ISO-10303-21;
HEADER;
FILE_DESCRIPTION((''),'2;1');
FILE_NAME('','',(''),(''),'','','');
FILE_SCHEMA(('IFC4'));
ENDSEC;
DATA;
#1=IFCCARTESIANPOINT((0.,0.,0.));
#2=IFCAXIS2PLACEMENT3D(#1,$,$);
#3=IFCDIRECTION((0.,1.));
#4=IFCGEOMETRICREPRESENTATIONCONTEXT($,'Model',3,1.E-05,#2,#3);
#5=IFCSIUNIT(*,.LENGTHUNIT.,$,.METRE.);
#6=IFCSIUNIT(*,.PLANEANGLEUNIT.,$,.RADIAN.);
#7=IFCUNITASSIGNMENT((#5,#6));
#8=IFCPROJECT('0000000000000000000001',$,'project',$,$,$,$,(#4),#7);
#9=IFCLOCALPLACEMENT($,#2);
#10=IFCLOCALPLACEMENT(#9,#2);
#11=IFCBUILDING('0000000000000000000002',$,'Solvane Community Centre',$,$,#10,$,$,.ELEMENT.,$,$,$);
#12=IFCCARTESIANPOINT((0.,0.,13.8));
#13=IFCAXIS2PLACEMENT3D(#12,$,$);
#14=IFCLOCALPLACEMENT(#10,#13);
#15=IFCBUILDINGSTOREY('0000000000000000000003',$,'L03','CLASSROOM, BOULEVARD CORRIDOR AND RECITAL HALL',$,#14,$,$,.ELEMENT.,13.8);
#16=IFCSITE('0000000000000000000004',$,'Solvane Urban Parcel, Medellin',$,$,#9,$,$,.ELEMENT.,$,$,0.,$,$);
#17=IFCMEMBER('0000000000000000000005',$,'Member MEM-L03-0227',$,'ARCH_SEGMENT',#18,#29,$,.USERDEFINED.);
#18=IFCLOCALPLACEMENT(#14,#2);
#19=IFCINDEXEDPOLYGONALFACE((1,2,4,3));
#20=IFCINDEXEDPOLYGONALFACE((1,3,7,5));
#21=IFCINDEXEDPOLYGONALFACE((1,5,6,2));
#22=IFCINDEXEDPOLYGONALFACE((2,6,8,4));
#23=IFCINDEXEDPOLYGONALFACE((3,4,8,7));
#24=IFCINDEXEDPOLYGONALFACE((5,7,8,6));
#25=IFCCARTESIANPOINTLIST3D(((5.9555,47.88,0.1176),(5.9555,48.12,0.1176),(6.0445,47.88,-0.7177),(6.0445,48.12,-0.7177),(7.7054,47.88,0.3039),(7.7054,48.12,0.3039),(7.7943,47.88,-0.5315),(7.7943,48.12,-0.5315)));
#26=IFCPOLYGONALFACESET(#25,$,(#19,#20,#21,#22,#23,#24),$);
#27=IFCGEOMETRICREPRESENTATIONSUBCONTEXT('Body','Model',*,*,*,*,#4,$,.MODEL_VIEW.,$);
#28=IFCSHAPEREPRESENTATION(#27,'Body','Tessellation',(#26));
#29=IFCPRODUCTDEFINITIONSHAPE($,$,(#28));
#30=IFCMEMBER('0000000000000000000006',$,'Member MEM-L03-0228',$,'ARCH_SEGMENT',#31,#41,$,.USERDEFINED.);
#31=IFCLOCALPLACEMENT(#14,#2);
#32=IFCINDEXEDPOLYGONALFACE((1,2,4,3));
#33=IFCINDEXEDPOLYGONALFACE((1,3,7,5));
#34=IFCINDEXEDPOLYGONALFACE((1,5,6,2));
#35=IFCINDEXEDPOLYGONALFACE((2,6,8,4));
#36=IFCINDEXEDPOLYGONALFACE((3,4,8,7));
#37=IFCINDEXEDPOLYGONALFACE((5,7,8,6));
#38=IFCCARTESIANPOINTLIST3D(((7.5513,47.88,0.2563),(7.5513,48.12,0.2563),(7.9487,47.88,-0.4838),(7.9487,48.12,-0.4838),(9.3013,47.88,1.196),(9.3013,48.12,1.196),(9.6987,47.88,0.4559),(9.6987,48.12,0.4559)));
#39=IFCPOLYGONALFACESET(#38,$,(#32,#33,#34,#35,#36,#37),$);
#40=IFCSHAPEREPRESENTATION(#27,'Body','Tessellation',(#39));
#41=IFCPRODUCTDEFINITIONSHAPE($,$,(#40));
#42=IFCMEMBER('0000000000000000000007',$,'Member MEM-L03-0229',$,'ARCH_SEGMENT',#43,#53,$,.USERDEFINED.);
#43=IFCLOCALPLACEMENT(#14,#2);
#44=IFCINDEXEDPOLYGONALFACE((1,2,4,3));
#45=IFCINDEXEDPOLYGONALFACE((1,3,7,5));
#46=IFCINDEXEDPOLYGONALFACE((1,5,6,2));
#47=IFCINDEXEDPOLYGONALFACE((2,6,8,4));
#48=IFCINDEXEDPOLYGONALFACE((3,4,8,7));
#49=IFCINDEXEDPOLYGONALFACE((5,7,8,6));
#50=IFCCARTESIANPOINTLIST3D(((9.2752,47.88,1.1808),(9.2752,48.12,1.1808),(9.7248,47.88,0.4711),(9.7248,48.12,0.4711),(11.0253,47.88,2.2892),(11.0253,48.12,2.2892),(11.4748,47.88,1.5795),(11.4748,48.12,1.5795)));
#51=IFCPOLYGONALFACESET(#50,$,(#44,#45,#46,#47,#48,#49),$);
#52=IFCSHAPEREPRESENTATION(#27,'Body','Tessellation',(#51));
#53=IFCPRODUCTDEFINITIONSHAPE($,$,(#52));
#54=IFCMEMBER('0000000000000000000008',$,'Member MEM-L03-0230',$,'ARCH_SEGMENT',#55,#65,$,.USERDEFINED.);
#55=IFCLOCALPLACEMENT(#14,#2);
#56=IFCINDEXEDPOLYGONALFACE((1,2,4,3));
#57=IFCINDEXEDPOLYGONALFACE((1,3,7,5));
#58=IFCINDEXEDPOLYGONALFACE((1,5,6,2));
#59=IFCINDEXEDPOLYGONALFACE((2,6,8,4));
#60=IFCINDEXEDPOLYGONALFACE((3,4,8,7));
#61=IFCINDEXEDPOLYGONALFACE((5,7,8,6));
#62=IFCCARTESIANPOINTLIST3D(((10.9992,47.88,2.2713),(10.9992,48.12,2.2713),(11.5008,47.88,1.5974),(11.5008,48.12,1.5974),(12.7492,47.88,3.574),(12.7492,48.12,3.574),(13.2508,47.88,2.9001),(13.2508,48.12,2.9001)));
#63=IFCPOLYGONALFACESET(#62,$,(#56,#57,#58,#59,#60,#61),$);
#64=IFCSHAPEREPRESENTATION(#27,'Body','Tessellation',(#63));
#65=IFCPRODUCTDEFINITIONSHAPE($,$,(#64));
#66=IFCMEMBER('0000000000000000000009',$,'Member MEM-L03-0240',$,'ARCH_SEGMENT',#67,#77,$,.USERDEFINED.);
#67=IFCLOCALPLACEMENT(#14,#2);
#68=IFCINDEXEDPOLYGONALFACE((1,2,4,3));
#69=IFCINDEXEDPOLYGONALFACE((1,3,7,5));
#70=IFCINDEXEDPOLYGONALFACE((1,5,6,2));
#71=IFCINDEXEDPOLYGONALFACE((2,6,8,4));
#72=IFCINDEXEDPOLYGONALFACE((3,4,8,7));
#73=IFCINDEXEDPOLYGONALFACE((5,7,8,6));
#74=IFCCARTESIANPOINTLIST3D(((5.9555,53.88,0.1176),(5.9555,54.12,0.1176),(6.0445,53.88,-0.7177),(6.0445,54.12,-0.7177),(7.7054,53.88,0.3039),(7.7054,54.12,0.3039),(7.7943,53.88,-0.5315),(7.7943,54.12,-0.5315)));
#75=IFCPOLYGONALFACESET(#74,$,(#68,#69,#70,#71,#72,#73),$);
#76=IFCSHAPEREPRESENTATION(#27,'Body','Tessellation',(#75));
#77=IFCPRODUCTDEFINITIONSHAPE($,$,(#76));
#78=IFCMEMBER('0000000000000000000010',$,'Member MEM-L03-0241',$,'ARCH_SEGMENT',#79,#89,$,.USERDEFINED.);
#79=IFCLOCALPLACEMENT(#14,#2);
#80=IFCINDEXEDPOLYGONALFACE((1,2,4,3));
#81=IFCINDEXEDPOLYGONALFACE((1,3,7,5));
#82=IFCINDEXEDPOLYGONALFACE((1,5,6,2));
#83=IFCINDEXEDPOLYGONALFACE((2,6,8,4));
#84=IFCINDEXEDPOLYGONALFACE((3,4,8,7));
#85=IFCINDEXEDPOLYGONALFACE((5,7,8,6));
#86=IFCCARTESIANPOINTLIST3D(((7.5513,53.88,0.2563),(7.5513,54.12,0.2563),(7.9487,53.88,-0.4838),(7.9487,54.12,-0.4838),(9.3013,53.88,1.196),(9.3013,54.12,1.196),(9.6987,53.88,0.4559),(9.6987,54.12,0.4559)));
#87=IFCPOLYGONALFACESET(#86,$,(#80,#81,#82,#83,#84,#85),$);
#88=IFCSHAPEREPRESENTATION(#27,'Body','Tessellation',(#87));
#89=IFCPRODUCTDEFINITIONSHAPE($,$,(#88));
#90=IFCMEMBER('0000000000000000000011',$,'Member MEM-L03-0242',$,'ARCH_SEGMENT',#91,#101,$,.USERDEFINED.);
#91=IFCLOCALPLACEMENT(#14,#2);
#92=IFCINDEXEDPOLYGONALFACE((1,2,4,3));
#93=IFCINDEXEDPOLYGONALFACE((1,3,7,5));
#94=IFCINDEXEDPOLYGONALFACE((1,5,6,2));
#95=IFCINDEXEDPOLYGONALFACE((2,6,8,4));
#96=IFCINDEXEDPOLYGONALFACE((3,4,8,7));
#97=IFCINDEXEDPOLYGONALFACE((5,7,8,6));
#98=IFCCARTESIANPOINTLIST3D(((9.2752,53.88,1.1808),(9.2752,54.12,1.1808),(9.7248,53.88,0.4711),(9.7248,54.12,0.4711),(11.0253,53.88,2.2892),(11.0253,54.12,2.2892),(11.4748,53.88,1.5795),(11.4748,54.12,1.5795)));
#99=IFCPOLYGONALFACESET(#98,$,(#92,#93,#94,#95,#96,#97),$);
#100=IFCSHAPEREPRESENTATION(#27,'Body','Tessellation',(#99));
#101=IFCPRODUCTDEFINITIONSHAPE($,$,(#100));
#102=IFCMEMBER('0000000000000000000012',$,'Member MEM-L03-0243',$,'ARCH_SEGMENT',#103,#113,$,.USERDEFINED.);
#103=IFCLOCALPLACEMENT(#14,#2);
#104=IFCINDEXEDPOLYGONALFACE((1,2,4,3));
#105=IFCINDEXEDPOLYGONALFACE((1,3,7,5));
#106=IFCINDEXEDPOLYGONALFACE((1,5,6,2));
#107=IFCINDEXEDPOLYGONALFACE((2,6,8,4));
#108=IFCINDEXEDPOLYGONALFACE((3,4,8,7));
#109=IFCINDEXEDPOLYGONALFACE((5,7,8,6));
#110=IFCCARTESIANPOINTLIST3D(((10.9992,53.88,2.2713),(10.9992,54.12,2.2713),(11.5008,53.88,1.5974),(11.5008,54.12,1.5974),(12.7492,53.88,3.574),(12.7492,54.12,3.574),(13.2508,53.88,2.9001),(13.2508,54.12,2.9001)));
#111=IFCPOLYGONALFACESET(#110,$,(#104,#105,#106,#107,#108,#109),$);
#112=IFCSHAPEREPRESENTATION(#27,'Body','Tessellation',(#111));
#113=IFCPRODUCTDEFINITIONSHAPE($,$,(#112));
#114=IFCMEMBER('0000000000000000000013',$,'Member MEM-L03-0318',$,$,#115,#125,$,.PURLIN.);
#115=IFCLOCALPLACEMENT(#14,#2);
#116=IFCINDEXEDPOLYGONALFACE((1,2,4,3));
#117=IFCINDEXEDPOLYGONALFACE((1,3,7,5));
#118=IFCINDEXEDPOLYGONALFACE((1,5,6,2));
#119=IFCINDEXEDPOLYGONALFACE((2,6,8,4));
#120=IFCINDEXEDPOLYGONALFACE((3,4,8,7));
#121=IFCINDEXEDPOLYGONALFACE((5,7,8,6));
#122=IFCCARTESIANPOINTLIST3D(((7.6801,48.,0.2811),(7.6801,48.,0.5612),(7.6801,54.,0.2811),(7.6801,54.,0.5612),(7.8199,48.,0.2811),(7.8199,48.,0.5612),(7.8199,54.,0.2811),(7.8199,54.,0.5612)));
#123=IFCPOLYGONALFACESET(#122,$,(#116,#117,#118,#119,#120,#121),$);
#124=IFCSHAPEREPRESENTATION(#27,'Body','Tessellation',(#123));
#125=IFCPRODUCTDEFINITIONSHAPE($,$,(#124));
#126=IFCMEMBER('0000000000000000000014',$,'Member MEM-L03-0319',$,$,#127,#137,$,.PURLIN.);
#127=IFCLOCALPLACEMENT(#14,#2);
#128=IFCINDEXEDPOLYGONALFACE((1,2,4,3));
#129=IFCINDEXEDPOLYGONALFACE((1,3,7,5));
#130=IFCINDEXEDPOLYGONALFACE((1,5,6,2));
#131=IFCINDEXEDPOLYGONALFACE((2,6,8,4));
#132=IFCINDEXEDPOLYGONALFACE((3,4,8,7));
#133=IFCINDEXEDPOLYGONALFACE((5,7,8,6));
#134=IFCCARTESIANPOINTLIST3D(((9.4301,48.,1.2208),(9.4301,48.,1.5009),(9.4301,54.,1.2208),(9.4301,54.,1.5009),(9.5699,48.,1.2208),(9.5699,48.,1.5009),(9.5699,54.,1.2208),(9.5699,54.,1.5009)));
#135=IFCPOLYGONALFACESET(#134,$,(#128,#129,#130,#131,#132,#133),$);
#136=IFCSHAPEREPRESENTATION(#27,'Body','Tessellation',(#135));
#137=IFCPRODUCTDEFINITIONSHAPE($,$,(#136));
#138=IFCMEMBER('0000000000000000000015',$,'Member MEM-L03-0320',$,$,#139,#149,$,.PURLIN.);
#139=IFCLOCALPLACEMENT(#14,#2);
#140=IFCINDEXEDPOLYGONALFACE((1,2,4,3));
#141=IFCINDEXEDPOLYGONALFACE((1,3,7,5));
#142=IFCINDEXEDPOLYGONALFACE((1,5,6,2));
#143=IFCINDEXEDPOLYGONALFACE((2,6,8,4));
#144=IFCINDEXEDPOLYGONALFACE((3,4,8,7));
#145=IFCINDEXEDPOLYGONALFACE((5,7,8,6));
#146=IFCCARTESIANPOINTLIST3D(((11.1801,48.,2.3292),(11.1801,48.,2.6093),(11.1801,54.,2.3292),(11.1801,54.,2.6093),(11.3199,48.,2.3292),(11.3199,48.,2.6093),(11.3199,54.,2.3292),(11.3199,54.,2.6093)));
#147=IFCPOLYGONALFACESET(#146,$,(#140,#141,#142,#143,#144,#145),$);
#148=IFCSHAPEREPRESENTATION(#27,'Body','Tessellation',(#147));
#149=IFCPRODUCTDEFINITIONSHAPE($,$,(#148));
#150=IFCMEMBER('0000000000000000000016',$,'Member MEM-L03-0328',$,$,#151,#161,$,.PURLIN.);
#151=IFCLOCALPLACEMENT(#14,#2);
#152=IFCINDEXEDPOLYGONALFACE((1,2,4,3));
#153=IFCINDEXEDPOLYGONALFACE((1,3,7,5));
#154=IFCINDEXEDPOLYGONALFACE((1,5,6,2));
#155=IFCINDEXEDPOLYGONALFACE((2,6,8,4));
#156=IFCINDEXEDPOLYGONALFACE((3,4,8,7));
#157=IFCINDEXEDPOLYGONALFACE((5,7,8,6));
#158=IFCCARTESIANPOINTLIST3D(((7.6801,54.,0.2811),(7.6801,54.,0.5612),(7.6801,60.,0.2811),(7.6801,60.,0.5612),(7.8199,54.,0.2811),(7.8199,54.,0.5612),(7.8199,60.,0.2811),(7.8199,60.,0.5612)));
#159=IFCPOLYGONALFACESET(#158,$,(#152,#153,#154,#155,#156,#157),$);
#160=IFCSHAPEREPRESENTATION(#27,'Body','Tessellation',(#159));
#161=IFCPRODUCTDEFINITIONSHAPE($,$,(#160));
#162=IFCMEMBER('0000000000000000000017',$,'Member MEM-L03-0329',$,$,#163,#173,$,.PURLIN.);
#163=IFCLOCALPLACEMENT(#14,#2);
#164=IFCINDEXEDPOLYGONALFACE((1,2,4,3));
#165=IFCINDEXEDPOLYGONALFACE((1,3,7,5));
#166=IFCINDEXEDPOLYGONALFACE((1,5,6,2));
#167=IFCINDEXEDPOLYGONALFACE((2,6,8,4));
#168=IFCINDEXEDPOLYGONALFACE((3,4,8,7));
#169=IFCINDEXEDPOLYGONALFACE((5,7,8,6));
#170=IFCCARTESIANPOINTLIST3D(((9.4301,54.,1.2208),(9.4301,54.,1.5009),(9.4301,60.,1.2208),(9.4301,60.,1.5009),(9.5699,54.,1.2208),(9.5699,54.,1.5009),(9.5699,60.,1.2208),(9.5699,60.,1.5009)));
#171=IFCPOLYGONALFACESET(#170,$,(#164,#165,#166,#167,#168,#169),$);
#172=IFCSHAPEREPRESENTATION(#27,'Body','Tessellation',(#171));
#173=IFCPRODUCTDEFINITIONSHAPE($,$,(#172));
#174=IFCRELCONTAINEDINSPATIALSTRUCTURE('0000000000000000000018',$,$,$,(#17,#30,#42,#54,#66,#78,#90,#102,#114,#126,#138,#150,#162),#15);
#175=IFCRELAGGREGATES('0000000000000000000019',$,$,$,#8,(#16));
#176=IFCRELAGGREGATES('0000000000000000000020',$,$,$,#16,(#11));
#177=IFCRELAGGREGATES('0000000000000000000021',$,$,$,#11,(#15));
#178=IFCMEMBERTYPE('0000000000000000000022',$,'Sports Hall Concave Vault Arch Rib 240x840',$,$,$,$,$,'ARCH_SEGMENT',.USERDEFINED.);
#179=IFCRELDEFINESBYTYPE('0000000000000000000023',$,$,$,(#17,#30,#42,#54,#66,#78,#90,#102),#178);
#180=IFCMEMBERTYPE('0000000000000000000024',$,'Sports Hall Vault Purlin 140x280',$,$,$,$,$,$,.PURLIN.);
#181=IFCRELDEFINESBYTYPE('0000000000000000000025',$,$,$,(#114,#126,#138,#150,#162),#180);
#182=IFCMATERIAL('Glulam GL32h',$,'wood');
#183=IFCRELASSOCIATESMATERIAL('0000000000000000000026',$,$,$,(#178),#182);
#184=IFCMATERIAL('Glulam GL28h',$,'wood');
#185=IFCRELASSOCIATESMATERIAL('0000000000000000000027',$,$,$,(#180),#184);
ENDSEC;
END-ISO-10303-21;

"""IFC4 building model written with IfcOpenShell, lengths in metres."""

from ifc_helpers import new_model, si_unit, direction, frame, origin, origin_2d, place, context, subcontext, project, spatial, rectangle, extrude, material, material_profile, profile_set, type_object, element, save


model = new_model("IFC4")

# Units and contexts
model_context = context("Model", 3, precision=1e-05, world=origin(), true_north=direction((0.0, 1.0)))
body_context = subcontext(model_context, "Body", "Model", "MODEL_VIEW")
ifc_project = project(units=[si_unit("LENGTHUNIT", "METRE"), si_unit("PLANEANGLEUNIT", "RADIAN")], contexts=[model_context])

# Site, building, storey
site_placement = place(None, origin())
site = spatial("IfcSite", under=ifc_project, at=site_placement, Name="Solvane Urban Parcel, Medellin", CompositionType="ELEMENT", RefElevation=0.0)
building_placement = place(site_placement, origin())
building = spatial("IfcBuilding", under=site, at=building_placement, Name="Solvane Community Centre", CompositionType="ELEMENT")
storey_placement = place(building_placement, frame((0.0, 0.0, 13.8)))
storey = spatial("IfcBuildingStorey", under=building, at=storey_placement, Name="L03", Description="CLASSROOM, BOULEVARD CORRIDOR AND RECITAL HALL", CompositionType="ELEMENT", Elevation=13.8)

# Members
ifc_material_1 = material(Name="Glulam GL32h", Category="wood")
ifc_material_profile_1 = material_profile(ifc_material_1, rectangle(XDim=0.24, YDim=0.8401, at=origin_2d()), Name="GL32h 240x840")
ifc_profile_set_1 = profile_set([ifc_material_profile_1], Name="Glulam GL32h")
member_type_1 = type_object("IfcMemberType", Name="Sports Hall Concave Vault Arch Rib 240x840", ElementType="ARCH_SEGMENT", PredefinedType="USERDEFINED", material=ifc_profile_set_1)
member_1_placement = place(storey_placement, frame((6.0, 48.0, -0.3), z_axis=(0.994382, 0.0, 0.105847), x_axis=(0.0, 1.0, 0.0)))
element("IfcMember", 1, at=member_1_placement, inside=storey, type_object=member_type_1, Name="Member MEM-L03-0227", ObjectType="ARCH_SEGMENT", PredefinedType="USERDEFINED", context=body_context, shape_type="SweptSolid", body=[
    extrude(rectangle(XDim=0.24, YDim=0.8401, at=origin_2d()), origin(), (0.0, 0.0, 1.0), 1.7598),
])
member_2_placement = place(storey_placement, frame((7.75, 48.0, -0.1138), z_axis=(0.881019, 0.0, 0.473081), x_axis=(0.0, 1.0, 0.0)))
element("IfcMember", 2, at=member_2_placement, inside=storey, type_object=member_type_1, Name="Member MEM-L03-0228", ObjectType="ARCH_SEGMENT", PredefinedType="USERDEFINED", context=body_context, shape_type="SweptSolid", body=[
    extrude(rectangle(XDim=0.24, YDim=0.8401, at=origin_2d()), origin(), (0.0, 0.0, 1.0), 1.9863),
])
member_3_placement = place(storey_placement, frame((9.5, 48.0, 0.8259), z_axis=(0.844805, 0.0, 0.535075), x_axis=(0.0, 1.0, 0.0)))
element("IfcMember", 3, at=member_3_placement, inside=storey, type_object=member_type_1, Name="Member MEM-L03-0229", ObjectType="ARCH_SEGMENT", PredefinedType="USERDEFINED", context=body_context, shape_type="SweptSolid", body=[
    extrude(rectangle(XDim=0.24, YDim=0.8401, at=origin_2d()), origin(), (0.0, 0.0, 1.0), 2.0715),
])
member_4_placement = place(storey_placement, frame((11.25, 48.0, 1.9343), z_axis=(0.802143, 0.0, 0.597131), x_axis=(0.0, 1.0, 0.0)))
element("IfcMember", 4, at=member_4_placement, inside=storey, type_object=member_type_1, Name="Member MEM-L03-0230", ObjectType="ARCH_SEGMENT", PredefinedType="USERDEFINED", context=body_context, shape_type="SweptSolid", body=[
    extrude(rectangle(XDim=0.24, YDim=0.8401, at=origin_2d()), origin(), (0.0, 0.0, 1.0), 2.1816),
])
member_5_placement = place(storey_placement, frame((6.0, 54.0, -0.3), z_axis=(0.994382, 0.0, 0.105847), x_axis=(0.0, 1.0, 0.0)))
element("IfcMember", 5, at=member_5_placement, inside=storey, type_object=member_type_1, Name="Member MEM-L03-0240", ObjectType="ARCH_SEGMENT", PredefinedType="USERDEFINED", context=body_context, shape_type="SweptSolid", body=[
    extrude(rectangle(XDim=0.24, YDim=0.8401, at=origin_2d()), origin(), (0.0, 0.0, 1.0), 1.7598),
])
member_6_placement = place(storey_placement, frame((7.75, 54.0, -0.1138), z_axis=(0.881019, 0.0, 0.473081), x_axis=(0.0, 1.0, 0.0)))
element("IfcMember", 6, at=member_6_placement, inside=storey, type_object=member_type_1, Name="Member MEM-L03-0241", ObjectType="ARCH_SEGMENT", PredefinedType="USERDEFINED", context=body_context, shape_type="SweptSolid", body=[
    extrude(rectangle(XDim=0.24, YDim=0.8401, at=origin_2d()), origin(), (0.0, 0.0, 1.0), 1.9863),
])
member_7_placement = place(storey_placement, frame((9.5, 54.0, 0.8259), z_axis=(0.844805, 0.0, 0.535075), x_axis=(0.0, 1.0, 0.0)))
element("IfcMember", 7, at=member_7_placement, inside=storey, type_object=member_type_1, Name="Member MEM-L03-0242", ObjectType="ARCH_SEGMENT", PredefinedType="USERDEFINED", context=body_context, shape_type="SweptSolid", body=[
    extrude(rectangle(XDim=0.24, YDim=0.8401, at=origin_2d()), origin(), (0.0, 0.0, 1.0), 2.0715),
])
member_8_placement = place(storey_placement, frame((11.25, 54.0, 1.9343), z_axis=(0.802143, 0.0, 0.597131), x_axis=(0.0, 1.0, 0.0)))
element("IfcMember", 8, at=member_8_placement, inside=storey, type_object=member_type_1, Name="Member MEM-L03-0243", ObjectType="ARCH_SEGMENT", PredefinedType="USERDEFINED", context=body_context, shape_type="SweptSolid", body=[
    extrude(rectangle(XDim=0.24, YDim=0.8401, at=origin_2d()), origin(), (0.0, 0.0, 1.0), 2.1816),
])
ifc_material_2 = material(Name="Glulam GL28h", Category="wood")
ifc_material_profile_2 = material_profile(ifc_material_2, rectangle(XDim=0.1399, YDim=0.28, at=origin_2d()), Name="GL28h 140x280")
ifc_profile_set_2 = profile_set([ifc_material_profile_2], Name="Glulam GL28h")
member_type_2 = type_object("IfcMemberType", Name="Sports Hall Vault Purlin 140x280", PredefinedType="PURLIN", material=ifc_profile_set_2)
for number, where, z_axis, x_axis, name in (
    (9, (7.75, 48.0, 0.4211), (0.0, 1.0, 0.0), (-1.0, 0.0, 0.0), "Member MEM-L03-0318"),
    (10, (9.5, 48.0, 1.3608), (0.0, 1.0, 0.0), (-1.0, 0.0, 0.0), "Member MEM-L03-0319"),
    (11, (11.25, 48.0, 2.4692), (0.0, 1.0, 0.0), (-1.0, 0.0, 0.0), "Member MEM-L03-0320"),
    (12, (7.75, 54.0, 0.4211), (0.0, 1.0, 0.0), (-1.0, 0.0, 0.0), "Member MEM-L03-0328"),
    (13, (9.5, 54.0, 1.3608), (0.0, 1.0, 0.0), (-1.0, 0.0, 0.0), "Member MEM-L03-0329"),
):
    element("IfcMember", number, at=place(storey_placement, frame(where, z_axis=z_axis, x_axis=x_axis)), inside=storey, type_object=member_type_2, Name=name, PredefinedType="PURLIN", context=body_context, shape_type="SweptSolid", body=[
        extrude(rectangle(XDim=0.1399, YDim=0.28, at=origin_2d()), origin(), (0.0, 0.0, 1.0), 6.0),
    ])

save(model, "model.ifc")
